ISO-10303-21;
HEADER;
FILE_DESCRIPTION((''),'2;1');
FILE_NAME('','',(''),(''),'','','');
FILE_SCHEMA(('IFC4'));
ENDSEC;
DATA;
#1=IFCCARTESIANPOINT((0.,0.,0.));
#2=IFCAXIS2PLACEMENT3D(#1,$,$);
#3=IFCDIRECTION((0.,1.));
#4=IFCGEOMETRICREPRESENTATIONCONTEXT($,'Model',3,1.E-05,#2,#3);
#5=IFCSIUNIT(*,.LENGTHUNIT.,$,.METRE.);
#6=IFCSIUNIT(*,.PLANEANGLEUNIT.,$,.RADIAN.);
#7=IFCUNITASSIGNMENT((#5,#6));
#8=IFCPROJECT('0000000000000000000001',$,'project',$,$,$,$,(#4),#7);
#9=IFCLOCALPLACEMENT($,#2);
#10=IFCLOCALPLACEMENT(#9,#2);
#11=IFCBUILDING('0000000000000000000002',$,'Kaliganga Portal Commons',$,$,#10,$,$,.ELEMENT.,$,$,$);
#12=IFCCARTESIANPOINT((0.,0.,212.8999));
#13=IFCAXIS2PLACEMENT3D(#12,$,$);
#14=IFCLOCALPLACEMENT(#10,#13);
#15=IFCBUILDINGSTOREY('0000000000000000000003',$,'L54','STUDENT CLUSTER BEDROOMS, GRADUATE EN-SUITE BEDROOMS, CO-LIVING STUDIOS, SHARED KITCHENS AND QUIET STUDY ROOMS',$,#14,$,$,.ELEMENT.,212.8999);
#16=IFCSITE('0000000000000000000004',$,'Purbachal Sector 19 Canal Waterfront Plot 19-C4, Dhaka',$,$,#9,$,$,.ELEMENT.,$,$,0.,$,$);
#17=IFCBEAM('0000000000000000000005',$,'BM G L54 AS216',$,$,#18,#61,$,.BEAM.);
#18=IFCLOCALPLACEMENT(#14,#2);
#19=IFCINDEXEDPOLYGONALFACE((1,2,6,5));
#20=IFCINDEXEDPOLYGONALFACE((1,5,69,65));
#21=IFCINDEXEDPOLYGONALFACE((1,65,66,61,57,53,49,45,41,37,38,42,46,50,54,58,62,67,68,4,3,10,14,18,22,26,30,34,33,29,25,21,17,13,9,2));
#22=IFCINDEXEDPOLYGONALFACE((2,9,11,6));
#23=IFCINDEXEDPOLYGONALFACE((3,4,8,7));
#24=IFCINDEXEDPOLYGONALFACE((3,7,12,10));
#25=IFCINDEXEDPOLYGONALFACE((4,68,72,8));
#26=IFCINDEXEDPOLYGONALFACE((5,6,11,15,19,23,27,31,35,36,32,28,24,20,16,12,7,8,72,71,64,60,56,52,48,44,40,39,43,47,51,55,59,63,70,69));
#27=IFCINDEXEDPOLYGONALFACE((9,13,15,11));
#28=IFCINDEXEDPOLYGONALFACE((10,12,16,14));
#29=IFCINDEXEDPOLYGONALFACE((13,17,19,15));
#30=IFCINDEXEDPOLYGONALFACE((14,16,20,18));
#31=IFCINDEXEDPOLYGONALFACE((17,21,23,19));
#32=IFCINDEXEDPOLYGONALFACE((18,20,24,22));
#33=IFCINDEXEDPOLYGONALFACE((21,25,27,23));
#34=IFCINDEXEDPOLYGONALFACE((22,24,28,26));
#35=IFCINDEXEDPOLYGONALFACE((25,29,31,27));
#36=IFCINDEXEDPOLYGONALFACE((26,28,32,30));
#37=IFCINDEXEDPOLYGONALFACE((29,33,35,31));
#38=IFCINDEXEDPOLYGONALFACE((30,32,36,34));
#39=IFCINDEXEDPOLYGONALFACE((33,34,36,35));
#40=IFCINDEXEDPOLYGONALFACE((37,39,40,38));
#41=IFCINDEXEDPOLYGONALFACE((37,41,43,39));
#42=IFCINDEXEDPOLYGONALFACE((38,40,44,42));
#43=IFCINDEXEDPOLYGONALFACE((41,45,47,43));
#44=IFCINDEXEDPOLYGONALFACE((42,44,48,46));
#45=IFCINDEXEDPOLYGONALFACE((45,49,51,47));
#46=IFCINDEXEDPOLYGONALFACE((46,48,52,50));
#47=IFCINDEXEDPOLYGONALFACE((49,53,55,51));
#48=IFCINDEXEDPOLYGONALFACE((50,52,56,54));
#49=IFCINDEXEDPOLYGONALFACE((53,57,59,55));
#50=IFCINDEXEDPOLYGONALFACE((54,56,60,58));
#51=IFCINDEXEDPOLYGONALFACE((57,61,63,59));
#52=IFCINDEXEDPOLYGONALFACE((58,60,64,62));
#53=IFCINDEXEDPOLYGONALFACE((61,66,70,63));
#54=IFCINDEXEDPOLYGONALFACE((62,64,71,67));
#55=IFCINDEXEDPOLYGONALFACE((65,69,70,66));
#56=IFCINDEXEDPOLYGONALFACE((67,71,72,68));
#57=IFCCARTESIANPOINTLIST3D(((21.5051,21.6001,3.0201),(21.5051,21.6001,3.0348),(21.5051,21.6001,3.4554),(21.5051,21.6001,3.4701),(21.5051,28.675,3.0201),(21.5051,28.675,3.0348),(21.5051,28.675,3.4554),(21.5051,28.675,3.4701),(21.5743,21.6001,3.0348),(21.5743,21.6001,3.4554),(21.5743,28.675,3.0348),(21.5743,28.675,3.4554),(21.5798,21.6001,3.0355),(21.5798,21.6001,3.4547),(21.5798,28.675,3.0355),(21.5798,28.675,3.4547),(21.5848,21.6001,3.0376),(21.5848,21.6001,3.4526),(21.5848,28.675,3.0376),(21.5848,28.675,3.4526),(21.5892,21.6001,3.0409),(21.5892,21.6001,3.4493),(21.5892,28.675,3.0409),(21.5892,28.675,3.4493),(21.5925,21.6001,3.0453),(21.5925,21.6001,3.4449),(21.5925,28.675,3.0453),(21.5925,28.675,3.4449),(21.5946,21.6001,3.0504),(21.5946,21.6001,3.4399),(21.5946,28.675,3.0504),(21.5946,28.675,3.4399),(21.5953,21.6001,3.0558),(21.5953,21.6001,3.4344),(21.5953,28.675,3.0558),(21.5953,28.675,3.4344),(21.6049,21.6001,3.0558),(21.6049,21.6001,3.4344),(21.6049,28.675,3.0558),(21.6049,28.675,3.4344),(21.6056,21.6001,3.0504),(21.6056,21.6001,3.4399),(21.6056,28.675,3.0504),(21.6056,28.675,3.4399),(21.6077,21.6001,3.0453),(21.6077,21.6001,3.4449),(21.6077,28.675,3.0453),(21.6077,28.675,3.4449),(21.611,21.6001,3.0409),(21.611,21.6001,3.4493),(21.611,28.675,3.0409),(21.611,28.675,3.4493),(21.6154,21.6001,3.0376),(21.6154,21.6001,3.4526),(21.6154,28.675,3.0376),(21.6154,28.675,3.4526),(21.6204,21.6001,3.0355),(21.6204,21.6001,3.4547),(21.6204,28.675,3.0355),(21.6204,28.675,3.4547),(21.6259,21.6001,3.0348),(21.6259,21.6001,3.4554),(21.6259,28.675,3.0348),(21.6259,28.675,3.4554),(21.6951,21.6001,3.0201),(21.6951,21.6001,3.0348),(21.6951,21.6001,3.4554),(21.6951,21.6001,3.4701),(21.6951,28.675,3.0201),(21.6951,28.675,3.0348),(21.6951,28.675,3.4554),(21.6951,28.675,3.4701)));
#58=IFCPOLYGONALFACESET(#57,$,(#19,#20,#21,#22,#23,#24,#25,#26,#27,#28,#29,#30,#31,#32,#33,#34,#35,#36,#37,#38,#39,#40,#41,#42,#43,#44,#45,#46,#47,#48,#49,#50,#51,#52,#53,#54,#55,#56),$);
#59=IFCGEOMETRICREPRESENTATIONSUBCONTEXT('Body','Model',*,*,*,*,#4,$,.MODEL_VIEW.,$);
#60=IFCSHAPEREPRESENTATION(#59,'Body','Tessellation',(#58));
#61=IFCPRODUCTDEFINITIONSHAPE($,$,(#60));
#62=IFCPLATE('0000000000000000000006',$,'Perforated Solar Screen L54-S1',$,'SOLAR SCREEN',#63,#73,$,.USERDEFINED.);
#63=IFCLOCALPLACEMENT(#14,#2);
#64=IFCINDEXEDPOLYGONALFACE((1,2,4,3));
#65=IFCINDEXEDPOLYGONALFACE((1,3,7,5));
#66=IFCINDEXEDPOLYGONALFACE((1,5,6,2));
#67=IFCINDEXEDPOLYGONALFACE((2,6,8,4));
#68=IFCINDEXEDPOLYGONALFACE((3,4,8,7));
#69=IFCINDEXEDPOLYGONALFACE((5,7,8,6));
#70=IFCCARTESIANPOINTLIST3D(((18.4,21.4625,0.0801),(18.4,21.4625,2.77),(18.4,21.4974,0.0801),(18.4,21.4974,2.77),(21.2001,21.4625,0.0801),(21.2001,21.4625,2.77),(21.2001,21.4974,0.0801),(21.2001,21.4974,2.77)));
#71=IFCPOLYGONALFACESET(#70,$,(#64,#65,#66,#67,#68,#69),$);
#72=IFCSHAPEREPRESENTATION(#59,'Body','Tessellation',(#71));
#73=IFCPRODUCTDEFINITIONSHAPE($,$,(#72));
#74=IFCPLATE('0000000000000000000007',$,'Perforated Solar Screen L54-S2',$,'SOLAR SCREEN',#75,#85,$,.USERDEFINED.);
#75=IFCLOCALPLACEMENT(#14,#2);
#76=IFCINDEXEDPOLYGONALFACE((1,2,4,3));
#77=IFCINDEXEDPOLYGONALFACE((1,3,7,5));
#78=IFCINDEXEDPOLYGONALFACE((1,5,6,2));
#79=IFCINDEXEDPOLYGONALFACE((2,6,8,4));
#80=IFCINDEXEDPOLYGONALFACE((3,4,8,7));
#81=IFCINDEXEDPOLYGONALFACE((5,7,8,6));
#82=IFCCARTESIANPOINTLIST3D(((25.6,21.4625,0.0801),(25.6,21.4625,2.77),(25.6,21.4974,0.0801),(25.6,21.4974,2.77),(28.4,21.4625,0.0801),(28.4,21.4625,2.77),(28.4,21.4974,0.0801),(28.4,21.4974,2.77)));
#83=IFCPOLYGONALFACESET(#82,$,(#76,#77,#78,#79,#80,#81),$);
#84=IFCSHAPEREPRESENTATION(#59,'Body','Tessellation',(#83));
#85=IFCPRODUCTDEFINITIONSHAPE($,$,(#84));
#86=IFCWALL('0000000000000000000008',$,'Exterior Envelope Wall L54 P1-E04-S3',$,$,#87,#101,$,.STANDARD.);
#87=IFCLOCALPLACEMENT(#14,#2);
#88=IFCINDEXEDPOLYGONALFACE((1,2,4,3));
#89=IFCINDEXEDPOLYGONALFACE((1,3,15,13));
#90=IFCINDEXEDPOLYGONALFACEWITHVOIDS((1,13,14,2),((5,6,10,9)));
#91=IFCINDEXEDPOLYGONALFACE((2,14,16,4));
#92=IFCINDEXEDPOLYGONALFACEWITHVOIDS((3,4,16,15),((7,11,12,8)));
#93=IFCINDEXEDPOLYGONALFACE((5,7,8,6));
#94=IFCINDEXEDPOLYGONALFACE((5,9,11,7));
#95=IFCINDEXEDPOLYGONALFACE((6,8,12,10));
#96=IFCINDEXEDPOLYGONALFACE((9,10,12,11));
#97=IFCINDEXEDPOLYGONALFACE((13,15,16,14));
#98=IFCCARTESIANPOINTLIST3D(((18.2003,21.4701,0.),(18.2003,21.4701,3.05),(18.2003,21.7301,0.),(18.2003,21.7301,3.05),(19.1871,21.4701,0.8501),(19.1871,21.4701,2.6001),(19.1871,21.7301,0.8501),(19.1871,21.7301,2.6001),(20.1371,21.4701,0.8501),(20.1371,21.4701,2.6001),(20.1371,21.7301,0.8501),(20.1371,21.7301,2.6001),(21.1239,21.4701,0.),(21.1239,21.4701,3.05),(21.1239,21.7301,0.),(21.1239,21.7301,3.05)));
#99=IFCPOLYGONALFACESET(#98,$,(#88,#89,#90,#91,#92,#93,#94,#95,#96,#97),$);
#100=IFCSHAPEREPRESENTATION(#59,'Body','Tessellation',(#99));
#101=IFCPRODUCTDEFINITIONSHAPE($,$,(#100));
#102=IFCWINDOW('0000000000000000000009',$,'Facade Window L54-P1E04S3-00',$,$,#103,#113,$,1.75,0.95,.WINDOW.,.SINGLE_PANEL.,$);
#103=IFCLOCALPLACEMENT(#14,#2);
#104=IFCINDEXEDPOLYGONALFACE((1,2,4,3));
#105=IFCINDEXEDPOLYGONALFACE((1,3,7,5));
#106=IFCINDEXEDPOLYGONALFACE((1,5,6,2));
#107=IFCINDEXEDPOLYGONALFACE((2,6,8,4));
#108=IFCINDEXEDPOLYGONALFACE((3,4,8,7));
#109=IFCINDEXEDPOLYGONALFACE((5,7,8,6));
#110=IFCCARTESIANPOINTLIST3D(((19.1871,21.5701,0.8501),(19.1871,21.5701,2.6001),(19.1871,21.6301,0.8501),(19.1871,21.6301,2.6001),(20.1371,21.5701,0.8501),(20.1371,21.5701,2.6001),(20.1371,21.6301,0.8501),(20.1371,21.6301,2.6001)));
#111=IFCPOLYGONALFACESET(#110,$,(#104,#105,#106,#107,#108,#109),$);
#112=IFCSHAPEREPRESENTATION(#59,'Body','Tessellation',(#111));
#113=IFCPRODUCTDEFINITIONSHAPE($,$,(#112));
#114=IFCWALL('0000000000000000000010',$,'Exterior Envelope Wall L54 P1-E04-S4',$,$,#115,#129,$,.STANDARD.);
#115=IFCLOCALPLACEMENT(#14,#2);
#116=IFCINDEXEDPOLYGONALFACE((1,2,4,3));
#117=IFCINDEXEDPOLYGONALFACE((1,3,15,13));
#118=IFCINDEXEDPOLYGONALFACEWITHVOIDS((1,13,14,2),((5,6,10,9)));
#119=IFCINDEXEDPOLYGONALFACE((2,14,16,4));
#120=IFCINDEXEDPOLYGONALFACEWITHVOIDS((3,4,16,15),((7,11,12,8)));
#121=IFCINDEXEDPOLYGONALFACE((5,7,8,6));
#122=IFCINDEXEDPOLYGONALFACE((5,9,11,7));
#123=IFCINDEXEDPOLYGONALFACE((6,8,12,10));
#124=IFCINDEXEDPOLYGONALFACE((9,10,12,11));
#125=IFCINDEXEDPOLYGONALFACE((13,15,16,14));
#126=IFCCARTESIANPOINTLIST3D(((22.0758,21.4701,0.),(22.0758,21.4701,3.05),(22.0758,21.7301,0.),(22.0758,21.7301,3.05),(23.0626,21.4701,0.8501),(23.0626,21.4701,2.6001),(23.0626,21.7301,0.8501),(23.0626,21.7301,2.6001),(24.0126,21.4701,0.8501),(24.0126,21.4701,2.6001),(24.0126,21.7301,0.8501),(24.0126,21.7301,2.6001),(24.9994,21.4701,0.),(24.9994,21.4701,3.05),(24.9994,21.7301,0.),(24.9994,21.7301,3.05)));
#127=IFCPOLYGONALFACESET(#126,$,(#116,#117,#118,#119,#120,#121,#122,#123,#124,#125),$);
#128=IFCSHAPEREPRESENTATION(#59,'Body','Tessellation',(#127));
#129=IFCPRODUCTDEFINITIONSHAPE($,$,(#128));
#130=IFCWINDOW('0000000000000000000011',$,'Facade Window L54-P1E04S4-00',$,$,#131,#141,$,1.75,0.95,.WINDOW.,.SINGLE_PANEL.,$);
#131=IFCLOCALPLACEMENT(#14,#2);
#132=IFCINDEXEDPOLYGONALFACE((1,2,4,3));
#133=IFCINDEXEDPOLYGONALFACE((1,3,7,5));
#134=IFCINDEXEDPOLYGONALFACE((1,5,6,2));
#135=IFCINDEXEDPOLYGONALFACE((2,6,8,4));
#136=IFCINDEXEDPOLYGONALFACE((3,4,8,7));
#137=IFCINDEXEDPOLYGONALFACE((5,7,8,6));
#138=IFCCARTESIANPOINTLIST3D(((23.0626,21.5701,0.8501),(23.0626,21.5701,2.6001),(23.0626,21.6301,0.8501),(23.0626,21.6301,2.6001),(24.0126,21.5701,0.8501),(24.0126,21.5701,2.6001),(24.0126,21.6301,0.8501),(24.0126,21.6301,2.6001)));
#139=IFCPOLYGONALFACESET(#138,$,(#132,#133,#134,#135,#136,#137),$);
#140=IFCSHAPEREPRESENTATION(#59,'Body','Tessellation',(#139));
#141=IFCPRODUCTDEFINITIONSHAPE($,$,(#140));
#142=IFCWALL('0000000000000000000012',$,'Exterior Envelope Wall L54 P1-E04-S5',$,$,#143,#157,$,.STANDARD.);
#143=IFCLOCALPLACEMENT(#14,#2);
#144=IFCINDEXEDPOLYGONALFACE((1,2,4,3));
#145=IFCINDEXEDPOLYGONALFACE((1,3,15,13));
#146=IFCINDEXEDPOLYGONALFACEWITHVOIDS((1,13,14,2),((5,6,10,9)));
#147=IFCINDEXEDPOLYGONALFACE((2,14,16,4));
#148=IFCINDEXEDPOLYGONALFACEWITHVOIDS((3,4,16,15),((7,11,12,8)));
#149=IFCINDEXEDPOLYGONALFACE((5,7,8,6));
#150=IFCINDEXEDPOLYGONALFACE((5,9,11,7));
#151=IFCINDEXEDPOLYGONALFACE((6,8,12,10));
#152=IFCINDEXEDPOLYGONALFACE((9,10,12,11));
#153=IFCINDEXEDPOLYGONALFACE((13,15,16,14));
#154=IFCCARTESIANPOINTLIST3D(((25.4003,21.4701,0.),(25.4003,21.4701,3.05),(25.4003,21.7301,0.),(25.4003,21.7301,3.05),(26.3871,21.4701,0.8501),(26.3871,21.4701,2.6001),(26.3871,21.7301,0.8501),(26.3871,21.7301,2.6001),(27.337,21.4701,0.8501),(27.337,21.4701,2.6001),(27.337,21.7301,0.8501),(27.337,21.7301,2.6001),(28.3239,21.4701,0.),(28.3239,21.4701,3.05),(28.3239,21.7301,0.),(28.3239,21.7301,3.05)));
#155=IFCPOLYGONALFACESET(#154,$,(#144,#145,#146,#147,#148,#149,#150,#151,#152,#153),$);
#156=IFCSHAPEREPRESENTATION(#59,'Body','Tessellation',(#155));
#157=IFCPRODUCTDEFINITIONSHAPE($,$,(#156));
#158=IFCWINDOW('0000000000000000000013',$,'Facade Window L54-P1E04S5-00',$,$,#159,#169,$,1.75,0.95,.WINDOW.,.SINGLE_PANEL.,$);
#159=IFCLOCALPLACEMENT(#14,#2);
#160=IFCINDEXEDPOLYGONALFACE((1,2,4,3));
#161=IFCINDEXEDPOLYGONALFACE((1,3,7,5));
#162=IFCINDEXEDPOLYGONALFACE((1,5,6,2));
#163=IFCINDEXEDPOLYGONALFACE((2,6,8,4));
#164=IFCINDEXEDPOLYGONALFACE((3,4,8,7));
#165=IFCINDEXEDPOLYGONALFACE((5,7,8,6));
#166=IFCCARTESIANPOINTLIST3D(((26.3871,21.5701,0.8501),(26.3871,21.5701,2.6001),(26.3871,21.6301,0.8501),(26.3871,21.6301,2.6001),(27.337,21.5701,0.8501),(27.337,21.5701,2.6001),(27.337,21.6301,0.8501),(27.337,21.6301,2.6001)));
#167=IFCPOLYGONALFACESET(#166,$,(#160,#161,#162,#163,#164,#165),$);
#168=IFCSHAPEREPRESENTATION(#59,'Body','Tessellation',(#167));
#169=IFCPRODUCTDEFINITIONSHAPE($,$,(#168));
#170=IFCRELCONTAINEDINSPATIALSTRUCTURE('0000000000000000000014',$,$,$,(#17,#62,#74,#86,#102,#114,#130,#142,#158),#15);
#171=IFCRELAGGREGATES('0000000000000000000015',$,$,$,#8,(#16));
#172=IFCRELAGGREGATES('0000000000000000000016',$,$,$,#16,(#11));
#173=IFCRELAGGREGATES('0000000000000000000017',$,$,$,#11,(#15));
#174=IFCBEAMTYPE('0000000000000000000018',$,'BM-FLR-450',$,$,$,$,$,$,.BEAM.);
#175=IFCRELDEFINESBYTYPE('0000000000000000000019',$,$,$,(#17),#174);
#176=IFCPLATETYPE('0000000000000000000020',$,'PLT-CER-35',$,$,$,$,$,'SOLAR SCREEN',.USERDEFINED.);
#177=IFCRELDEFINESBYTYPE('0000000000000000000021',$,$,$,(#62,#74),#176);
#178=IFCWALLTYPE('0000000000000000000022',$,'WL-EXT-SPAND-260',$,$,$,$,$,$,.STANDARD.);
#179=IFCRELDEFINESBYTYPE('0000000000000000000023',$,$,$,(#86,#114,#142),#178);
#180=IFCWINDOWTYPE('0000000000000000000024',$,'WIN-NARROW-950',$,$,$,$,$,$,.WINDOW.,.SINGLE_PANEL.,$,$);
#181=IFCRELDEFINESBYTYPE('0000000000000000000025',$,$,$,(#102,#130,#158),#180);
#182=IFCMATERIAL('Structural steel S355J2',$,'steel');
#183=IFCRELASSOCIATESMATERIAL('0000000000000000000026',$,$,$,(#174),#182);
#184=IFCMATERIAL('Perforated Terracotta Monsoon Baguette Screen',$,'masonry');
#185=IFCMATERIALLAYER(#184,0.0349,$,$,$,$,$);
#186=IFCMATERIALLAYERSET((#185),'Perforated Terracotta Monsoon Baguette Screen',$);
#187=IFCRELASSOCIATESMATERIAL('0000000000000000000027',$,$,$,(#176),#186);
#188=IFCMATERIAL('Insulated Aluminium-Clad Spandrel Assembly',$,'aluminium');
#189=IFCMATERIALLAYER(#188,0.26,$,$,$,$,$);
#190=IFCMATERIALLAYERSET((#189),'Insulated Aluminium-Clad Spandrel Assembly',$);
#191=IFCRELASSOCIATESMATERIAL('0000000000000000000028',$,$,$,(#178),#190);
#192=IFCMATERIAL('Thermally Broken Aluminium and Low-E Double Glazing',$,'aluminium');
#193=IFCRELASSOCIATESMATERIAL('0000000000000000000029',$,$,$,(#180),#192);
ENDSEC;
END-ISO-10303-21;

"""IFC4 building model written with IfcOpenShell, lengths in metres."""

from ifc_helpers import new_model, si_unit, direction, frame, frame_2d, origin, origin_2d, place, context, subcontext, project, spatial, rectangle, i_section, extrude, source, transform, mapped, material, layer, layer_set, material_profile, profile_set, type_object, element, fill, save


model = new_model("IFC4")

# Units and contexts
model_context = context("Model", 3, precision=1e-05, world=origin(), true_north=direction((0.0, 1.0)))
body_context = subcontext(model_context, "Body", "Model", "MODEL_VIEW")
ifc_project = project(units=[si_unit("LENGTHUNIT", "METRE"), si_unit("PLANEANGLEUNIT", "RADIAN")], contexts=[model_context])

# Site, building, storey
site_placement = place(None, origin())
site = spatial("IfcSite", under=ifc_project, at=site_placement, Name="Purbachal Sector 19 Canal Waterfront Plot 19-C4, Dhaka", CompositionType="ELEMENT", RefElevation=0.0)
building_placement = place(site_placement, origin())
building = spatial("IfcBuilding", under=site, at=building_placement, Name="Kaliganga Portal Commons", CompositionType="ELEMENT")
storey_placement = place(building_placement, frame((0.0, 0.0, 212.8999)))
storey = spatial("IfcBuildingStorey", under=building, at=storey_placement, Name="L54", Description="STUDENT CLUSTER BEDROOMS, GRADUATE EN-SUITE BEDROOMS, CO-LIVING STUDIOS, SHARED KITCHENS AND QUIET STUDY ROOMS", CompositionType="ELEMENT", Elevation=212.8999)

# Shared definitions
ifc_material_1 = material(Name="Structural steel S355J2", Category="steel")

# Beam
ifc_material_profile_1 = material_profile(ifc_material_1, i_section(OverallWidth=0.1899, OverallDepth=0.45, WebThickness=0.0095, FlangeThickness=0.0146, FilletRadius=0.021, at=origin_2d()), Name="IPE 450")
ifc_profile_set_1 = profile_set([ifc_material_profile_1], Name="Structural steel S355J2 wide-flange")
beam_type_1 = type_object("IfcBeamType", Name="BM-FLR-450", PredefinedType="BEAM", material=ifc_profile_set_1)
shared_shape_1 = source(origin(), body_context, "Body", "SweptSolid", [
    extrude(i_section(OverallWidth=0.1899, OverallDepth=0.45, WebThickness=0.0095, FlangeThickness=0.0146, FilletRadius=0.021, at=origin_2d()), origin(), (0.0, 0.0, 1.0), 7.075),
])
beam_1_placement = place(storey_placement, frame((21.6001, 21.6001, 3.2451), z_axis=(0.0, 1.0, 0.0), x_axis=(-1.0, 0.0, 0.0)))
element("IfcBeam", 1, at=beam_1_placement, inside=storey, type_object=beam_type_1, Name="BM G L54 AS216", PredefinedType="BEAM", context=body_context, shape_type="MappedRepresentation", body=[
    mapped(shared_shape_1, transform((0.0, 0.0, 0.0), x_axis=(1.0, 0.0, 0.0), y_axis=(0.0, 1.0, 0.0), z_axis=(0.0, 0.0, 1.0), scale=1.0)),
])

# Plates
ifc_material_2 = material(Name="Perforated Terracotta Monsoon Baguette Screen", Category="masonry")
ifc_layer_1 = layer(ifc_material_2, 0.0349)
ifc_layer_set_1 = layer_set([ifc_layer_1], Name="Perforated Terracotta Monsoon Baguette Screen")
plate_type = type_object("IfcPlateType", Name="PLT-CER-35", ElementType="SOLAR SCREEN", PredefinedType="USERDEFINED", material=ifc_layer_set_1)
shared_shape_2 = source(origin(), body_context, "Body", "SweptSolid", [
    extrude(rectangle(XDim=2.8, YDim=0.0349, at=origin_2d()), origin(), (0.0, 0.0, 1.0), 2.6899),
])
for number, where, z_axis, x_axis, name in (
    (2, (19.8, 21.48, 0.0801), (0.0, 0.0, 1.0), (1.0, 0.0, 0.0), "Perforated Solar Screen L54-S1"),
    (3, (27.0, 21.48, 0.0801), (0.0, 0.0, 1.0), (1.0, 0.0, 0.0), "Perforated Solar Screen L54-S2"),
):
    element("IfcPlate", number, at=place(storey_placement, frame(where, z_axis=z_axis, x_axis=x_axis)), inside=storey, type_object=plate_type, Name=name, ObjectType="SOLAR SCREEN", PredefinedType="USERDEFINED", context=body_context, shape_type="MappedRepresentation", body=[
        mapped(shared_shape_2, transform((0.0, 0.0, 0.0), x_axis=(1.0, 0.0, 0.0), y_axis=(0.0, 1.0, 0.0), z_axis=(0.0, 0.0, 1.0), scale=1.0)),
    ])

# Walls, openings, windows
ifc_material_3 = material(Name="Insulated Aluminium-Clad Spandrel Assembly", Category="aluminium")
ifc_layer_2 = layer(ifc_material_3, 0.26)
ifc_layer_set_2 = layer_set([ifc_layer_2], Name="Insulated Aluminium-Clad Spandrel Assembly")
wall_type_1 = type_object("IfcWallType", Name="WL-EXT-SPAND-260", PredefinedType="STANDARD", material=ifc_layer_set_2)
wall_1_placement = place(storey_placement, frame((21.124, 21.6001, 0.0), z_axis=(0.0, 0.0, 1.0), x_axis=(-1.0, 0.0, 0.0)))
wall_1 = element("IfcWall", 4, at=wall_1_placement, inside=storey, type_object=wall_type_1, Name="Exterior Envelope Wall L54 P1-E04-S3", PredefinedType="STANDARD", context=body_context, shape_type="SweptSolid", body=[
    extrude(rectangle(XDim=2.9236, YDim=0.26, at=frame_2d((1.4619, 0.0))), origin(), (0.0, 0.0, 1.0), 3.05),
])
opening_1_placement = place(wall_1_placement, frame((0.9868, 0.0, 0.8501)))
opening_1 = element("IfcOpeningElement", 5, at=opening_1_placement, cuts=wall_1, PredefinedType="OPENING", context=body_context, shape_type="SweptSolid", body=[
    extrude(rectangle(XDim=0.95, YDim=1.75, at=frame_2d((0.4751, 0.875))), frame((0.0, 0.1401, 0.0), z_axis=(0.0, -1.0, 0.0), x_axis=(1.0, 0.0, 0.0)), (0.0, 0.0, 1.0), 0.28),
])
ifc_material_4 = material(Name="Thermally Broken Aluminium and Low-E Double Glazing", Category="aluminium")
window_type_1 = type_object("IfcWindowType", Name="WIN-NARROW-950", PartitioningType="SINGLE_PANEL", PredefinedType="WINDOW", material=ifc_material_4)
window_1_placement = place(opening_1_placement, origin())
window_1 = element("IfcWindow", 6, at=window_1_placement, inside=storey, type_object=window_type_1, Name="Facade Window L54-P1E04S3-00", OverallHeight=1.75, OverallWidth=0.95, PartitioningType="SINGLE_PANEL", PredefinedType="WINDOW", context=body_context, shape_type="SweptSolid", body=[
    extrude(rectangle(XDim=0.95, YDim=1.75, at=frame_2d((0.4751, 0.875))), frame((0.0, 0.03, 0.0), z_axis=(0.0, -1.0, 0.0), x_axis=(1.0, 0.0, 0.0)), (0.0, 0.0, 1.0), 0.0601),
])
fill(opening_1, window_1)
wall_2_placement = place(storey_placement, frame((24.9995, 21.6001, 0.0), z_axis=(0.0, 0.0, 1.0), x_axis=(-1.0, 0.0, 0.0)))
wall_2 = element("IfcWall", 7, at=wall_2_placement, inside=storey, type_object=wall_type_1, Name="Exterior Envelope Wall L54 P1-E04-S4", PredefinedType="STANDARD", context=body_context, shape_type="SweptSolid", body=[
    extrude(rectangle(XDim=2.9236, YDim=0.26, at=frame_2d((1.4619, 0.0))), origin(), (0.0, 0.0, 1.0), 3.05),
])
opening_2_placement = place(wall_2_placement, frame((0.9868, 0.0, 0.8501)))
opening_2 = element("IfcOpeningElement", 8, at=opening_2_placement, cuts=wall_2, PredefinedType="OPENING", context=body_context, shape_type="SweptSolid", body=[
    extrude(rectangle(XDim=0.95, YDim=1.75, at=frame_2d((0.4751, 0.875))), frame((0.0, 0.1401, 0.0), z_axis=(0.0, -1.0, 0.0), x_axis=(1.0, 0.0, 0.0)), (0.0, 0.0, 1.0), 0.28),
])
window_2_placement = place(opening_2_placement, origin())
window_2 = element("IfcWindow", 9, at=window_2_placement, inside=storey, type_object=window_type_1, Name="Facade Window L54-P1E04S4-00", OverallHeight=1.75, OverallWidth=0.95, PartitioningType="SINGLE_PANEL", PredefinedType="WINDOW", context=body_context, shape_type="SweptSolid", body=[
    extrude(rectangle(XDim=0.95, YDim=1.75, at=frame_2d((0.4751, 0.875))), frame((0.0, 0.03, 0.0), z_axis=(0.0, -1.0, 0.0), x_axis=(1.0, 0.0, 0.0)), (0.0, 0.0, 1.0), 0.0601),
])
fill(opening_2, window_2)
wall_3_placement = place(storey_placement, frame((28.324, 21.6001, 0.0), z_axis=(0.0, 0.0, 1.0), x_axis=(-1.0, 0.0, 0.0)))
wall_3 = element("IfcWall", 10, at=wall_3_placement, inside=storey, type_object=wall_type_1, Name="Exterior Envelope Wall L54 P1-E04-S5", PredefinedType="STANDARD", context=body_context, shape_type="SweptSolid", body=[
    extrude(rectangle(XDim=2.9236, YDim=0.26, at=frame_2d((1.4619, 0.0))), origin(), (0.0, 0.0, 1.0), 3.05),
])
opening_3_placement = place(wall_3_placement, frame((0.9868, 0.0, 0.8501)))
opening_3 = element("IfcOpeningElement", 11, at=opening_3_placement, cuts=wall_3, PredefinedType="OPENING", context=body_context, shape_type="SweptSolid", body=[
    extrude(rectangle(XDim=0.95, YDim=1.75, at=frame_2d((0.4751, 0.875))), frame((0.0, 0.1401, 0.0), z_axis=(0.0, -1.0, 0.0), x_axis=(1.0, 0.0, 0.0)), (0.0, 0.0, 1.0), 0.28),
])
window_3_placement = place(opening_3_placement, origin())
window_3 = element("IfcWindow", 12, at=window_3_placement, inside=storey, type_object=window_type_1, Name="Facade Window L54-P1E04S5-00", OverallHeight=1.75, OverallWidth=0.95, PartitioningType="SINGLE_PANEL", PredefinedType="WINDOW", context=body_context, shape_type="SweptSolid", body=[
    extrude(rectangle(XDim=0.95, YDim=1.75, at=frame_2d((0.4751, 0.875))), frame((0.0, 0.03, 0.0), z_axis=(0.0, -1.0, 0.0), x_axis=(1.0, 0.0, 0.0)), (0.0, 0.0, 1.0), 0.0601),
])
fill(opening_3, window_3)

save(model, "model.ifc")
